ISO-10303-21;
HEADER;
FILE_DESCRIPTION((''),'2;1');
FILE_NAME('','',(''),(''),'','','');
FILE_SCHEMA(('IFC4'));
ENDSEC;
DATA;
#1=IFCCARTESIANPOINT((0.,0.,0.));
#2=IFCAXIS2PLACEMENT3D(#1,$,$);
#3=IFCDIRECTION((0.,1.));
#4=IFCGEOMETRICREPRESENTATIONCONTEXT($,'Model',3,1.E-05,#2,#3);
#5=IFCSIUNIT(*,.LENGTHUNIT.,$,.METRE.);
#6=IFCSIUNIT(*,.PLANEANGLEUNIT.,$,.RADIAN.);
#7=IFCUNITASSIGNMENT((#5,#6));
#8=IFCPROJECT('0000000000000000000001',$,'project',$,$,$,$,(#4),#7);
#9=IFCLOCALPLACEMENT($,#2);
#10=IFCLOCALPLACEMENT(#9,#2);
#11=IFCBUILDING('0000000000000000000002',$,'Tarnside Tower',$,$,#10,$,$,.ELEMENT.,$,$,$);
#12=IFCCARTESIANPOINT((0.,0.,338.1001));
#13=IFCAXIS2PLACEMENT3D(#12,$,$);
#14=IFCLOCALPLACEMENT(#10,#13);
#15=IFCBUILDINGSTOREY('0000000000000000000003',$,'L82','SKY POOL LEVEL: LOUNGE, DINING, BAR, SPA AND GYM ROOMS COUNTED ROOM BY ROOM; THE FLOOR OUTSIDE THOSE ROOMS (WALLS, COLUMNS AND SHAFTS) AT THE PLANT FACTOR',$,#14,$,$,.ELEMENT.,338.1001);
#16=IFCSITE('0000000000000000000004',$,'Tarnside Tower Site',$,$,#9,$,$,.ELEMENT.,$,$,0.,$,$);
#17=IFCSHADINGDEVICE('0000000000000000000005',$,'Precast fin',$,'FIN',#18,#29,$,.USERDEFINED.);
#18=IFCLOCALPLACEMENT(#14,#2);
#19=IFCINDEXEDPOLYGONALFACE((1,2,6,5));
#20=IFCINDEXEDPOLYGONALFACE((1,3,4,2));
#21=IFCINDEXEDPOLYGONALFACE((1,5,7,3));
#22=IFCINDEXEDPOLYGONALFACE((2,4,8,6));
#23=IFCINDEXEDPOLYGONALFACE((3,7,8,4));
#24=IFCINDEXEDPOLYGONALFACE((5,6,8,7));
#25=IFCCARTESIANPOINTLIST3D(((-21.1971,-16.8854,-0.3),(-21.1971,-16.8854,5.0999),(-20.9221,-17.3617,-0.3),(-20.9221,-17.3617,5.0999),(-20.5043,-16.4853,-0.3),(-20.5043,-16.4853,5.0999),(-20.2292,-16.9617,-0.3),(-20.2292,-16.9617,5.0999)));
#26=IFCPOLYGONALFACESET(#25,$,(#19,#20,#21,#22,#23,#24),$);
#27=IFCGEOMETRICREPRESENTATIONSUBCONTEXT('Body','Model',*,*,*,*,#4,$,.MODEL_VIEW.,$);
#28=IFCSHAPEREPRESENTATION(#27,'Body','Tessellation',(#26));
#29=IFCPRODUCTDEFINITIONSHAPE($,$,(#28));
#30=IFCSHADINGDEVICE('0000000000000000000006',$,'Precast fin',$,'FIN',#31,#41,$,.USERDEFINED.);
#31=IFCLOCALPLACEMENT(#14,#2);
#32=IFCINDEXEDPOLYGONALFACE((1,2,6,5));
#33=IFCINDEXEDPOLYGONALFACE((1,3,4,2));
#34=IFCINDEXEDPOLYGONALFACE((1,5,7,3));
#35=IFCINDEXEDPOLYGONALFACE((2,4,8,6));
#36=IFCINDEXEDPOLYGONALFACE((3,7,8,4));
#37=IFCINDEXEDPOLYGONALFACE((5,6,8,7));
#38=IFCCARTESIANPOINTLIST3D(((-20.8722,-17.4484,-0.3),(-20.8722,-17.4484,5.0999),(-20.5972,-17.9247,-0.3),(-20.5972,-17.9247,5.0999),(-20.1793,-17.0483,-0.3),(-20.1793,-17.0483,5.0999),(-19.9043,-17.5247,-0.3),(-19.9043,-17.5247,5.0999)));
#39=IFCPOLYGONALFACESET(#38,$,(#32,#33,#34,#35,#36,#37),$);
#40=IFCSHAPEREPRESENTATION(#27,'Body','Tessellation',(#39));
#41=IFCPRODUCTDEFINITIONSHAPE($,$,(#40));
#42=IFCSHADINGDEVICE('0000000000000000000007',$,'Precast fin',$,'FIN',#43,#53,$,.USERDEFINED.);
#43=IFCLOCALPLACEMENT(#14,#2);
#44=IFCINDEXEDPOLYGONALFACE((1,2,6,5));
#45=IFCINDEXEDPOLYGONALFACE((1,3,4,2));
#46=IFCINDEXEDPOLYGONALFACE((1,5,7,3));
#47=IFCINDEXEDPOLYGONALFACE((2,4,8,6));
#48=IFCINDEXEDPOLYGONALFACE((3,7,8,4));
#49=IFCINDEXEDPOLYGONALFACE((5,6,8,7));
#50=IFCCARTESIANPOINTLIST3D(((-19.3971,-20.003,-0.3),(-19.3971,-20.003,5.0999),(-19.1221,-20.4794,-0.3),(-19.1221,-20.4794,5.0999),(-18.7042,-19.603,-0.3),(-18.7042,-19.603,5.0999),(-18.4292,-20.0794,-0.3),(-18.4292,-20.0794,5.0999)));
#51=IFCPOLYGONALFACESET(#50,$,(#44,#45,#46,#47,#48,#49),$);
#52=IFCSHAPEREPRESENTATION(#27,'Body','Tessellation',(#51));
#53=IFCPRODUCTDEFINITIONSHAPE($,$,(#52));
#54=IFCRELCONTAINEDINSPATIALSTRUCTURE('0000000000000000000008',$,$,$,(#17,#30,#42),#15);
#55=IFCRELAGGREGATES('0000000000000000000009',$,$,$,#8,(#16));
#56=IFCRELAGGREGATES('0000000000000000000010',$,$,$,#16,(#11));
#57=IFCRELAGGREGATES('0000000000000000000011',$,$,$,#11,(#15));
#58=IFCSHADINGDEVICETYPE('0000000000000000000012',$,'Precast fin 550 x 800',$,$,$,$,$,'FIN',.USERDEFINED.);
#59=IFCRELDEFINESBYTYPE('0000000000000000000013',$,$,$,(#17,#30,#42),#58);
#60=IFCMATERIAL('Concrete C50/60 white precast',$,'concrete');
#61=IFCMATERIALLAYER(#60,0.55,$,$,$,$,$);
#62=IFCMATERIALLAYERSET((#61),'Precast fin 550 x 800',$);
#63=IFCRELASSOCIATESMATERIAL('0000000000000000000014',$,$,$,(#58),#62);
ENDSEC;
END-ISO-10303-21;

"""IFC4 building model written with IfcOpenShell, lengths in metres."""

from ifc_helpers import new_model, si_unit, direction, frame, origin, place, context, subcontext, project, spatial, polyline, outline, extrude, material, layer, layer_set, type_object, element, save


model = new_model("IFC4")

# Units and contexts
model_context = context("Model", 3, precision=1e-05, world=origin(), true_north=direction((0.0, 1.0)))
body_context = subcontext(model_context, "Body", "Model", "MODEL_VIEW")
ifc_project = project(units=[si_unit("LENGTHUNIT", "METRE"), si_unit("PLANEANGLEUNIT", "RADIAN")], contexts=[model_context])

# Site, building, storey
site_placement = place(None, origin())
site = spatial("IfcSite", under=ifc_project, at=site_placement, Name="Tarnside Tower Site", CompositionType="ELEMENT", RefElevation=0.0)
building_placement = place(site_placement, origin())
building = spatial("IfcBuilding", under=site, at=building_placement, Name="Tarnside Tower", CompositionType="ELEMENT")
storey_placement = place(building_placement, frame((0.0, 0.0, 338.1001)))
storey = spatial("IfcBuildingStorey", under=building, at=storey_placement, Name="L82", Description="SKY POOL LEVEL: LOUNGE, DINING, BAR, SPA AND GYM ROOMS COUNTED ROOM BY ROOM; THE FLOOR OUTSIDE THOSE ROOMS (WALLS, COLUMNS AND SHAFTS) AT THE PLANT FACTOR", CompositionType="ELEMENT", Elevation=338.1001)

# Shading devices
ifc_material_1 = material(Name="Concrete C50/60 white precast", Category="concrete")
ifc_layer_1 = layer(ifc_material_1, 0.55)
ifc_layer_set_1 = layer_set([ifc_layer_1], Name="Precast fin 550 x 800")
shading_device_type = type_object("IfcShadingDeviceType", Name="Precast fin 550 x 800", ElementType="FIN", PredefinedType="USERDEFINED", material=ifc_layer_set_1)
for number, where, z_axis, x_axis, name in (
    (1, (-20.3667, -16.7236, -0.3), (-0.5, 0.866025, 0.0), (-0.866025, -0.5, 0.0), "Precast fin"),
    (2, (-20.0417, -17.2866, -0.3), (-0.5, 0.866025, 0.0), (-0.866025, -0.5, 0.0), "Precast fin"),
    (3, (-18.5667, -19.8413, -0.3), (-0.5, 0.866025, 0.0), (-0.866025, -0.5, 0.0), "Precast fin"),
):
    element("IfcShadingDevice", number, at=place(storey_placement, frame(where, z_axis=z_axis, x_axis=x_axis)), inside=storey, type_object=shading_device_type, Name=name, ObjectType="FIN", PredefinedType="USERDEFINED", context=body_context, shape_type="SweptSolid", body=[
        extrude(outline(polyline([(0.0, 0.0), (0.8, 0.0), (0.8, 5.3999), (0.0, 5.3999), (0.0, 0.0)])), frame((0.0, 0.0, -0.2749)), (0.0, 0.0, 1.0), 0.55),
    ])

save(model, "model.ifc")
